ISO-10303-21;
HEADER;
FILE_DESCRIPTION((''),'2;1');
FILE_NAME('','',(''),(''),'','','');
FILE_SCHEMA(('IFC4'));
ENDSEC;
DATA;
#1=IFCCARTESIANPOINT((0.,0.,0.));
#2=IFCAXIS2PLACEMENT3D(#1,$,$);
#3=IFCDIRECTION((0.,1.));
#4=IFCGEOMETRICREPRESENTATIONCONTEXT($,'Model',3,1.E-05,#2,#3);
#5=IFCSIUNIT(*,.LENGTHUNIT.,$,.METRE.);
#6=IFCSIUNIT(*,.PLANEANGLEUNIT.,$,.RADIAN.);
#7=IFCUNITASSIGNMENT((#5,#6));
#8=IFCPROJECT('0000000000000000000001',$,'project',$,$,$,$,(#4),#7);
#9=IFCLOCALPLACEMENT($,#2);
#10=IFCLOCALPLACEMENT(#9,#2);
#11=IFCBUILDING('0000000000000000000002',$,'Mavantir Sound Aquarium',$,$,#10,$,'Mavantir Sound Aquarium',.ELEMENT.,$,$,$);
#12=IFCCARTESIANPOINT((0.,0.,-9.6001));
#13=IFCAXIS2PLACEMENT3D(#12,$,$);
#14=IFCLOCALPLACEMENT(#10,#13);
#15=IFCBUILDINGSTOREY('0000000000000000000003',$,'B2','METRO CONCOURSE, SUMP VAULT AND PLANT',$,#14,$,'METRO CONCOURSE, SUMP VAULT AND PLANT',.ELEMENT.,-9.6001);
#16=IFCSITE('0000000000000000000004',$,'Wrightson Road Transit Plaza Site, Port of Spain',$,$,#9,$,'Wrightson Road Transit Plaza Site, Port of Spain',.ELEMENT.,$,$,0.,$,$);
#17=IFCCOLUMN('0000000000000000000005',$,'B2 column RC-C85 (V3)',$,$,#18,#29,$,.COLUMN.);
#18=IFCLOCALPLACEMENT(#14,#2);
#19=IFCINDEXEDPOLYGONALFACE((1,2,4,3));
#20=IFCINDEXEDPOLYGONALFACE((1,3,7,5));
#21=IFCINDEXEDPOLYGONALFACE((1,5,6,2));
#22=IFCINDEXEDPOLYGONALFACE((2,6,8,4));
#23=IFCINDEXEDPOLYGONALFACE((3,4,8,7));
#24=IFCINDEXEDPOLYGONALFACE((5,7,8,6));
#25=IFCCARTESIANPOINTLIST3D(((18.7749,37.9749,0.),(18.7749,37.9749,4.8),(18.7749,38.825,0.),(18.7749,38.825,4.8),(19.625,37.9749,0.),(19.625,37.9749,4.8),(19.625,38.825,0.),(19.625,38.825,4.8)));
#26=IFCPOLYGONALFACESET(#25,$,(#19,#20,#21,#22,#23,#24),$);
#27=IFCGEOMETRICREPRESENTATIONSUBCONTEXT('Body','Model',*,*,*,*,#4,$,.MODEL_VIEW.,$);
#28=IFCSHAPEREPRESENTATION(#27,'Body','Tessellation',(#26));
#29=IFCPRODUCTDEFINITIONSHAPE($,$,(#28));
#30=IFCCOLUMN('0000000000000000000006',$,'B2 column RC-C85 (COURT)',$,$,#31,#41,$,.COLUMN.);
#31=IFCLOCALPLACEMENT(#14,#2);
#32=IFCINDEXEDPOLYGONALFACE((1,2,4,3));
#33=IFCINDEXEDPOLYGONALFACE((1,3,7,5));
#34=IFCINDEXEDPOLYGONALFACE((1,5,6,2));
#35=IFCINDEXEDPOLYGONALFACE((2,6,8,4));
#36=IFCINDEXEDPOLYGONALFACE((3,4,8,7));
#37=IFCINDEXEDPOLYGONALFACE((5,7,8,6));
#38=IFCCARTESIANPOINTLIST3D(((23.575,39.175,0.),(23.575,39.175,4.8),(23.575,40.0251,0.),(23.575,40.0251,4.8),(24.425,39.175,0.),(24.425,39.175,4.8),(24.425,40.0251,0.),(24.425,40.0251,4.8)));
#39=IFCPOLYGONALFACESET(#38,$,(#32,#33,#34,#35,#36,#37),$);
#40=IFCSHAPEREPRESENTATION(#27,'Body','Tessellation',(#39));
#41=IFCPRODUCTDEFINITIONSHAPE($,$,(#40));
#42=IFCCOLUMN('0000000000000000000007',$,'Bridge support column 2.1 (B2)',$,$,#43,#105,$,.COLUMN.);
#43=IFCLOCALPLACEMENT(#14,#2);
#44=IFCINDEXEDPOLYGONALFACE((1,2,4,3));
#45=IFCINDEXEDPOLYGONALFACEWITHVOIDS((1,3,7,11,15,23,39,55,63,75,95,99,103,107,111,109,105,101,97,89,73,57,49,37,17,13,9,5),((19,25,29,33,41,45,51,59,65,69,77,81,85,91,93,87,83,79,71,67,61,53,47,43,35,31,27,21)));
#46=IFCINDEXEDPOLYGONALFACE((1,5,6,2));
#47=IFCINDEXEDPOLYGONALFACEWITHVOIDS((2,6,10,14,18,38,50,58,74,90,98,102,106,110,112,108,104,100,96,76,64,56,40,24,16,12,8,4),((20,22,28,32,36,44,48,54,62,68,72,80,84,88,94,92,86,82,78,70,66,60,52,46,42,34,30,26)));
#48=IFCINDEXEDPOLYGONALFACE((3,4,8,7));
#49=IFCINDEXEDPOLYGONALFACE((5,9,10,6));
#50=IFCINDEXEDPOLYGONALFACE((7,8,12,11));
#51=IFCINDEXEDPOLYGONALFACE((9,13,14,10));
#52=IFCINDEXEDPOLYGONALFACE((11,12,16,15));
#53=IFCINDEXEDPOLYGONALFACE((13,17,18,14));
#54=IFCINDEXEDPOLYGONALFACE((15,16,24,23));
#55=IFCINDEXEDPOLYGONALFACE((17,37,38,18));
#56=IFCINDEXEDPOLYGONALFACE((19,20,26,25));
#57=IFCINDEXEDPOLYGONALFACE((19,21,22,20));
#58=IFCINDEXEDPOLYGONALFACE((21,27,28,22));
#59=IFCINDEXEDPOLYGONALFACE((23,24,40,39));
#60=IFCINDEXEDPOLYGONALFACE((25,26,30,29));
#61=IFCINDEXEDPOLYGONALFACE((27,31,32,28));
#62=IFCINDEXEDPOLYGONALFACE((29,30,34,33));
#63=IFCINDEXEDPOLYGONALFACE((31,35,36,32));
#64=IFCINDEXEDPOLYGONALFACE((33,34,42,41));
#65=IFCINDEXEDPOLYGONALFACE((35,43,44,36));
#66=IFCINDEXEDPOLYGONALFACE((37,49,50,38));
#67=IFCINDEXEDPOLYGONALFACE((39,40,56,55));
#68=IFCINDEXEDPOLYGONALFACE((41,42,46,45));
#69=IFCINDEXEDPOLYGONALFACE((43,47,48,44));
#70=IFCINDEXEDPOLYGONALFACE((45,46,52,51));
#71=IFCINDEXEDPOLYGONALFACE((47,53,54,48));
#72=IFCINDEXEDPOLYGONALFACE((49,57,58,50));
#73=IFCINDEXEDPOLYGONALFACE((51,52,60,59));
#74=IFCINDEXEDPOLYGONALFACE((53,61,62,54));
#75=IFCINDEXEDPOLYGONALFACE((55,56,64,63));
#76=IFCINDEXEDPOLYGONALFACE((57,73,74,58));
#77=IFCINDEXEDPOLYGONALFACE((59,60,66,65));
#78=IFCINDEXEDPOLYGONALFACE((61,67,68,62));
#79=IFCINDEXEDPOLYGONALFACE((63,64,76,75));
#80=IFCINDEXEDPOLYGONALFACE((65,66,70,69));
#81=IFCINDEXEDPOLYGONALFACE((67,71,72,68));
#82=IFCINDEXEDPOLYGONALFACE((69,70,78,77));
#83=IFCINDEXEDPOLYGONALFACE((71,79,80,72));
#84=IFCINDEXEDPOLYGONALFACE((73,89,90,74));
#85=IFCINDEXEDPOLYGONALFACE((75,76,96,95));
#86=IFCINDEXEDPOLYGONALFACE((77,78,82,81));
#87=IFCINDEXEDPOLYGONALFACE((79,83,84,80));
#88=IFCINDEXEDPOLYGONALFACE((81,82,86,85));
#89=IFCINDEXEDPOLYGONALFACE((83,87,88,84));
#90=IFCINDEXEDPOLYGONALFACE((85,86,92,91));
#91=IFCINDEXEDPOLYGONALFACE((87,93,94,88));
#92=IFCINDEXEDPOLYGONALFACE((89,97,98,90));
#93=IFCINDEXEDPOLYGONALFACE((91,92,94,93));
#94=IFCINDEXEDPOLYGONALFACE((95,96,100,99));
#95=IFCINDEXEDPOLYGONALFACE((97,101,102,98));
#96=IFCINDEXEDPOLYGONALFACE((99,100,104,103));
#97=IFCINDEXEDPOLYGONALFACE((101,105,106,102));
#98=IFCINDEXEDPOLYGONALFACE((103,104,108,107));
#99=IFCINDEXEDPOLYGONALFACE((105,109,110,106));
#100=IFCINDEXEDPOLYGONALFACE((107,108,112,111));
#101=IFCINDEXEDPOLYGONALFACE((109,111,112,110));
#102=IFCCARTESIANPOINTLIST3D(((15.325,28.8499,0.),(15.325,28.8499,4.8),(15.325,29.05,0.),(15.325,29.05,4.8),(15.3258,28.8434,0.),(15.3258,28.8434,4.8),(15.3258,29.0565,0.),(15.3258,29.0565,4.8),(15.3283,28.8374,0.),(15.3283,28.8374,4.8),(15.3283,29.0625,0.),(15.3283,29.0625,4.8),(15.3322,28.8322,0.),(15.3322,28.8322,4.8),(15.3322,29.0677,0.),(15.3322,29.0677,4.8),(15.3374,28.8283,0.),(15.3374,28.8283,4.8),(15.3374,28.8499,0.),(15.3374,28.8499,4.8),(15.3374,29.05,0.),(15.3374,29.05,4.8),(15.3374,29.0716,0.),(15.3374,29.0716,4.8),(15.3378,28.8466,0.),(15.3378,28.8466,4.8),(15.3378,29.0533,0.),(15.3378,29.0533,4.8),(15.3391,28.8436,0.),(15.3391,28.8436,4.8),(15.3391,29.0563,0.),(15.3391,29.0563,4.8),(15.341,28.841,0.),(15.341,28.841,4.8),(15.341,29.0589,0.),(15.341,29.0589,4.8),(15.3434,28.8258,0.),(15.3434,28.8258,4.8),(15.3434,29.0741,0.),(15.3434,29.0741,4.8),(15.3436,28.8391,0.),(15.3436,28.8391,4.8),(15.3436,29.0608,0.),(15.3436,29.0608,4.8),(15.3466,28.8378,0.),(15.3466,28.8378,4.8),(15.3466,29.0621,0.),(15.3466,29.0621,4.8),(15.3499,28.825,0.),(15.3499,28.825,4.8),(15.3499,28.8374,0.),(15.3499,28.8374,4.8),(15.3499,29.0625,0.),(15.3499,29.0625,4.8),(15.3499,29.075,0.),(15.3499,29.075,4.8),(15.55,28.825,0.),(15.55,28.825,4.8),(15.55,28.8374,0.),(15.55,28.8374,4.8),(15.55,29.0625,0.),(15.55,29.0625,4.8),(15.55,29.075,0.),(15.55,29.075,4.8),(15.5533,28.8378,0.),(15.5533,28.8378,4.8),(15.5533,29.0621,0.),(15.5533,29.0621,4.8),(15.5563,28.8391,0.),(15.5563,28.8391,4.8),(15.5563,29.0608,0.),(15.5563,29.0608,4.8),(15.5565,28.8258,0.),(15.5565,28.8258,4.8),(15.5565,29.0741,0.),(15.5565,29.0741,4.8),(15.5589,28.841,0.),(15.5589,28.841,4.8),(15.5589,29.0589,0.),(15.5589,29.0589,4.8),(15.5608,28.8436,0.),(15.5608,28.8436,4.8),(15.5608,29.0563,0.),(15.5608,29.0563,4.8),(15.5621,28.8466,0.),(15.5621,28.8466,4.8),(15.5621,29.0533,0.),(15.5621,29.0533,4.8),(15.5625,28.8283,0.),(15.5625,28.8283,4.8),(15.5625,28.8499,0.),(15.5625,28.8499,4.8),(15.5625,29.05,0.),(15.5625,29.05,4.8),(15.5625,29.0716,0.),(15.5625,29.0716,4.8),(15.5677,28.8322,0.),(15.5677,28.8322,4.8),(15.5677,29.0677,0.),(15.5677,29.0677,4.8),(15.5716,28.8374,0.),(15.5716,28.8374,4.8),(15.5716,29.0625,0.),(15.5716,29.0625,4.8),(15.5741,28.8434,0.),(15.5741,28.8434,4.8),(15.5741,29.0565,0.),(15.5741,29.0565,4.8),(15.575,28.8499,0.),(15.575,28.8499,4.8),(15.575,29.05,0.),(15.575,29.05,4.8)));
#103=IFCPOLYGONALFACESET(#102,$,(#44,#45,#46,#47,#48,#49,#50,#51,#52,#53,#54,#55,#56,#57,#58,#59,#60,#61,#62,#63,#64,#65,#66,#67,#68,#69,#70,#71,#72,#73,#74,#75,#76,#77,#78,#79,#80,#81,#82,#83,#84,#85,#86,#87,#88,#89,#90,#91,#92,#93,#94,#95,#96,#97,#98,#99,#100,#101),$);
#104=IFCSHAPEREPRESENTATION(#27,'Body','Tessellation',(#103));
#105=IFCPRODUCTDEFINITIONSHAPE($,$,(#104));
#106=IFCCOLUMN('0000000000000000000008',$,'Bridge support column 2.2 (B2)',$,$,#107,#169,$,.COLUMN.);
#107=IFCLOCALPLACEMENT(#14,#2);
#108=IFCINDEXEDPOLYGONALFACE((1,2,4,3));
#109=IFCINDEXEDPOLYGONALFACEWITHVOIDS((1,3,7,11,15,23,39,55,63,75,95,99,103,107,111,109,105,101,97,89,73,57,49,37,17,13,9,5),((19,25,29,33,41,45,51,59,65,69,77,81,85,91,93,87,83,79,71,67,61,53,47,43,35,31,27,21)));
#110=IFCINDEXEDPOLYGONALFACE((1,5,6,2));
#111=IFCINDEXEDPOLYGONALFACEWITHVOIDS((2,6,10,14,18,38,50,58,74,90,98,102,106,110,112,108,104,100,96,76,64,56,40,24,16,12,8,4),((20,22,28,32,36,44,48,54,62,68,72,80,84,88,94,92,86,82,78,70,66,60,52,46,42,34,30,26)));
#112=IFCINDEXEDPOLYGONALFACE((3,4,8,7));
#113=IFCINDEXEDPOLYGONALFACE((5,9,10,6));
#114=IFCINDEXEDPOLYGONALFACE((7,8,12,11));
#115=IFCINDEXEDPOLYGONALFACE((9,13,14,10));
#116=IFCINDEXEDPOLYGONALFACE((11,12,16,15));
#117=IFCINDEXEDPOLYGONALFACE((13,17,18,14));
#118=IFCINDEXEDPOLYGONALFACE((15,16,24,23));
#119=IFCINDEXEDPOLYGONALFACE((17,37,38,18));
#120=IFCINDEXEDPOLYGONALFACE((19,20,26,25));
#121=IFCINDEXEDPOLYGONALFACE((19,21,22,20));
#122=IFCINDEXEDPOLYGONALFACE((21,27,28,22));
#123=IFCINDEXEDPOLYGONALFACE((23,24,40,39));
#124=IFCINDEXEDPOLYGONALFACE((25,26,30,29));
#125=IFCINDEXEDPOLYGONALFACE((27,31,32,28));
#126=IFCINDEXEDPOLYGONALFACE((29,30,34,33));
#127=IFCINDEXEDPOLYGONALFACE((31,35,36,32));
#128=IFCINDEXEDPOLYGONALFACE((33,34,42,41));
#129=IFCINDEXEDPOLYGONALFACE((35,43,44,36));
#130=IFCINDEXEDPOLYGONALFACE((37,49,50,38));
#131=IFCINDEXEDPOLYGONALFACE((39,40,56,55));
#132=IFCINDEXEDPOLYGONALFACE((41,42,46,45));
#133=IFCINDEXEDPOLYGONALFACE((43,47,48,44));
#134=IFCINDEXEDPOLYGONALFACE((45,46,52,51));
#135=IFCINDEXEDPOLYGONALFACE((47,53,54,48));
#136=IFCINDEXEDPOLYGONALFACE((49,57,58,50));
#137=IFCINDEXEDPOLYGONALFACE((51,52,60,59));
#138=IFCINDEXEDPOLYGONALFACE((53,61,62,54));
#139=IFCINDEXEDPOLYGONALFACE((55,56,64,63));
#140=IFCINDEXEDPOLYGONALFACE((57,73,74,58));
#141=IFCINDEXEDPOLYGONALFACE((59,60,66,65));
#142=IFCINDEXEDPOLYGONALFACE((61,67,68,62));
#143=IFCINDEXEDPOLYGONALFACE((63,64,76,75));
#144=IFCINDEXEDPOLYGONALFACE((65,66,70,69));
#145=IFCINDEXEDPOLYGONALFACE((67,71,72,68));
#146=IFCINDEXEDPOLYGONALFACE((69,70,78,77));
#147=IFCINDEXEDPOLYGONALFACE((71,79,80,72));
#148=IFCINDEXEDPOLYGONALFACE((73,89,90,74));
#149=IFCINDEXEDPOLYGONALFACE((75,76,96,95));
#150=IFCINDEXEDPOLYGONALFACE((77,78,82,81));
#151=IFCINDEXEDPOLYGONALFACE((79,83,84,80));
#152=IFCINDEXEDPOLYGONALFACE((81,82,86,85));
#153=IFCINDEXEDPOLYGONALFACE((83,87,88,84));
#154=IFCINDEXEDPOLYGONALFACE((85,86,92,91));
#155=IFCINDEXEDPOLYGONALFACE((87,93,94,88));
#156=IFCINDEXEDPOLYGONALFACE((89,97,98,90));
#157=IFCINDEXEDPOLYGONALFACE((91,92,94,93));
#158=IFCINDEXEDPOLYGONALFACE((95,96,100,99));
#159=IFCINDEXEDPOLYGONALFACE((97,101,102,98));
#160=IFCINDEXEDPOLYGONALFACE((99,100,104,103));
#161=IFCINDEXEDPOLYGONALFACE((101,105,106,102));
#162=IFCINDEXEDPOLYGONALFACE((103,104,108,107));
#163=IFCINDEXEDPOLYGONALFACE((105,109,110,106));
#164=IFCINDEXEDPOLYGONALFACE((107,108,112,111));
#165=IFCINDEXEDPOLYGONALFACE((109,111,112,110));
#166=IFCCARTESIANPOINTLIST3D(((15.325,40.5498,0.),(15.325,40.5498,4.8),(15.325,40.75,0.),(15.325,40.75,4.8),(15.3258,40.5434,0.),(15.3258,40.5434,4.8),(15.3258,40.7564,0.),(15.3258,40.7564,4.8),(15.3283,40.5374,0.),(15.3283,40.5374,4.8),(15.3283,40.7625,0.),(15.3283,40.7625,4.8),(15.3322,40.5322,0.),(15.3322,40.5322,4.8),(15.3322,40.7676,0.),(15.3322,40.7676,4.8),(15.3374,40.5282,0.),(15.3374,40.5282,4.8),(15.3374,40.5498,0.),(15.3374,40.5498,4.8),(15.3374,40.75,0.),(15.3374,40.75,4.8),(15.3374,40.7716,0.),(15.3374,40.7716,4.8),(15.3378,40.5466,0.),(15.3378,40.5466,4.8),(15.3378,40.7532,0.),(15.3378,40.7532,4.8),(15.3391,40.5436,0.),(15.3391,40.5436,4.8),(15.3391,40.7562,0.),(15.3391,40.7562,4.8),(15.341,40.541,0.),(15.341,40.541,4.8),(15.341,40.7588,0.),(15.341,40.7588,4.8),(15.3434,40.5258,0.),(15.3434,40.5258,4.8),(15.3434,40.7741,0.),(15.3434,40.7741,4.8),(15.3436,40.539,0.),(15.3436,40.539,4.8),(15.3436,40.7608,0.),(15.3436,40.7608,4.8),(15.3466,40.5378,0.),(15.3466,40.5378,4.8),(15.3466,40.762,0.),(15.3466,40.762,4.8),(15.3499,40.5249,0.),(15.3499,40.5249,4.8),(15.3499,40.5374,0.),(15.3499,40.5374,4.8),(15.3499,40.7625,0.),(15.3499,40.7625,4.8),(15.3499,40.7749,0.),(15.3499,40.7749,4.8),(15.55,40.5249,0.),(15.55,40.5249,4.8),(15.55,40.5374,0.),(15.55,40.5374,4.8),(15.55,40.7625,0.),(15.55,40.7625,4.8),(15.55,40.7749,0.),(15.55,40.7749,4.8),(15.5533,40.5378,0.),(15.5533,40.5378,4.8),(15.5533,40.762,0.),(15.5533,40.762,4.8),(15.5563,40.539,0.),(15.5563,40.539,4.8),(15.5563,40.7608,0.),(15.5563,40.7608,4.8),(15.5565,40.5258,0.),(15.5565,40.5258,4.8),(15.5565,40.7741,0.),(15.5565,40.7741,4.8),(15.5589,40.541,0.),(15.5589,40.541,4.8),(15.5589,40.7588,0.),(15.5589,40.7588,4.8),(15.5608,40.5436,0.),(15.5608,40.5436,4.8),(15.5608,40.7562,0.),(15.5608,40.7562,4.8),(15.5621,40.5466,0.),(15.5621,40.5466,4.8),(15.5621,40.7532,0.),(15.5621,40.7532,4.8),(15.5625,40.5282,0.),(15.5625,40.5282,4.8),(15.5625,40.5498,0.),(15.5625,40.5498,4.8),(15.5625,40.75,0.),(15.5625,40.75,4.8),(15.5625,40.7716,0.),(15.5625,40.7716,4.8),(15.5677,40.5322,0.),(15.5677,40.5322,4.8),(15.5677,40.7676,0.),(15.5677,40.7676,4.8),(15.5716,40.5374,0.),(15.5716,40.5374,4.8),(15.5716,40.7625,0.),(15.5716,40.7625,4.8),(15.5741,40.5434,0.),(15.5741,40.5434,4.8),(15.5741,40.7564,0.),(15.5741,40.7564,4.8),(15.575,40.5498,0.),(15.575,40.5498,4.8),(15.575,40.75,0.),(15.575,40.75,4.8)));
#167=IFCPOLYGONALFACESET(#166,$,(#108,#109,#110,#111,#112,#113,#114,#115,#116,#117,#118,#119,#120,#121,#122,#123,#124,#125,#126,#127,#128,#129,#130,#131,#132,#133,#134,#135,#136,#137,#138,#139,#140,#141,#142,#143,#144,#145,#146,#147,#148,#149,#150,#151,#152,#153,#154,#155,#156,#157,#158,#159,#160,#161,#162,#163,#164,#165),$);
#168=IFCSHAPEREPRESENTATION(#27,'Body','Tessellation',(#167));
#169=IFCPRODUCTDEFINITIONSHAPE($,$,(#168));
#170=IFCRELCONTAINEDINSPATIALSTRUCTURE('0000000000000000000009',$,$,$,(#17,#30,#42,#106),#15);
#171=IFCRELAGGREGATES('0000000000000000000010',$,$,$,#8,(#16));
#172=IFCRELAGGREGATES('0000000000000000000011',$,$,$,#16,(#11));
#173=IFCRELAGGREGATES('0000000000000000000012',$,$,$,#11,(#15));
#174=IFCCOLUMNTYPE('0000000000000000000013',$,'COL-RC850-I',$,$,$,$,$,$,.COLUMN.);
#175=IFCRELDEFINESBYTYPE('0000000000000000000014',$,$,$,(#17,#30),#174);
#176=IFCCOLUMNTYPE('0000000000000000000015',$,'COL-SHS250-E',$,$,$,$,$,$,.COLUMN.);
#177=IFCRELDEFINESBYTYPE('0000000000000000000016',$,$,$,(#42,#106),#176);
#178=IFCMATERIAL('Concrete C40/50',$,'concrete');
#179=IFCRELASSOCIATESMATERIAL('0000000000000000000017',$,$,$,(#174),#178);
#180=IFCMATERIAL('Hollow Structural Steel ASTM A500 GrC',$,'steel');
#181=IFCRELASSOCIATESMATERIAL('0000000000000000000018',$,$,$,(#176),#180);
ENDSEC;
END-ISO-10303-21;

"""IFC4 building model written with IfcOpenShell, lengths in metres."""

from ifc_helpers import new_model, si_unit, direction, frame, origin, origin_2d, place, context, subcontext, project, spatial, rectangle, hollow_rectangle, extrude, material, material_profile, profile_set, type_object, element, save


model = new_model("IFC4")

# Units and contexts
model_context = context("Model", 3, precision=1e-05, world=origin(), true_north=direction((0.0, 1.0)))
body_context = subcontext(model_context, "Body", "Model", "MODEL_VIEW")
ifc_project = project(units=[si_unit("LENGTHUNIT", "METRE"), si_unit("PLANEANGLEUNIT", "RADIAN")], contexts=[model_context])

# Site, building, storey
site_placement = place(None, origin())
site = spatial("IfcSite", under=ifc_project, at=site_placement, Name="Wrightson Road Transit Plaza Site, Port of Spain", LongName="Wrightson Road Transit Plaza Site, Port of Spain", CompositionType="ELEMENT", RefElevation=0.0)
building_placement = place(site_placement, origin())
building = spatial("IfcBuilding", under=site, at=building_placement, Name="Mavantir Sound Aquarium", LongName="Mavantir Sound Aquarium", CompositionType="ELEMENT")
storey_placement = place(building_placement, frame((0.0, 0.0, -9.6001)))
storey = spatial("IfcBuildingStorey", under=building, at=storey_placement, Name="B2", Description="METRO CONCOURSE, SUMP VAULT AND PLANT", LongName="METRO CONCOURSE, SUMP VAULT AND PLANT", CompositionType="ELEMENT", Elevation=-9.6001)

# Shared definitions
ifc_material_1 = material(Name="Concrete C40/50", Category="concrete")

# Columns
ifc_material_profile_1 = material_profile(ifc_material_1, rectangle(XDim=0.8501, YDim=0.8501, at=origin_2d()), Name="RC 850X850")
ifc_profile_set_1 = profile_set([ifc_material_profile_1], Name="Concrete C40/50")
column_type_1 = type_object("IfcColumnType", Name="COL-RC850-I", PredefinedType="COLUMN", material=ifc_profile_set_1)
for number, where, z_axis, x_axis, name in (
    (1, (19.2, 38.3999, 0.0), (0.0, 0.0, 1.0), (1.0, 0.0, 0.0), "B2 column RC-C85 (V3)"),
    (2, (24.0, 39.6001, 0.0), (0.0, 0.0, 1.0), (1.0, 0.0, 0.0), "B2 column RC-C85 (COURT)"),
):
    element("IfcColumn", number, at=place(storey_placement, frame(where, z_axis=z_axis, x_axis=x_axis)), inside=storey, type_object=column_type_1, Name=name, PredefinedType="COLUMN", context=body_context, shape_type="SweptSolid", body=[
        extrude(rectangle(XDim=0.8501, YDim=0.8501, at=origin_2d()), origin(), (0.0, 0.0, 1.0), 4.8),
    ])
ifc_material_2 = material(Name="Hollow Structural Steel ASTM A500 GrC", Category="steel")
ifc_material_profile_2 = material_profile(ifc_material_2, hollow_rectangle(XDim=0.25, YDim=0.25, WallThickness=0.0125, InnerFilletRadius=0.0125, OuterFilletRadius=0.0249, at=origin_2d()), Name="SHS 250X250X12.5")
ifc_profile_set_2 = profile_set([ifc_material_profile_2], Name="Hollow Structural Steel ASTM A500 GrC")
column_type_2 = type_object("IfcColumnType", Name="COL-SHS250-E", PredefinedType="COLUMN", material=ifc_profile_set_2)
for number, where, z_axis, x_axis, name in (
    (3, (15.45, 28.95, 0.0), (0.0, 0.0, 1.0), (1.0, 0.0, 0.0), "Bridge support column 2.1 (B2)"),
    (4, (15.45, 40.6499, 0.0), (0.0, 0.0, 1.0), (1.0, 0.0, 0.0), "Bridge support column 2.2 (B2)"),
):
    element("IfcColumn", number, at=place(storey_placement, frame(where, z_axis=z_axis, x_axis=x_axis)), inside=storey, type_object=column_type_2, Name=name, PredefinedType="COLUMN", context=body_context, shape_type="SweptSolid", body=[
        extrude(hollow_rectangle(XDim=0.25, YDim=0.25, WallThickness=0.0125, InnerFilletRadius=0.0125, OuterFilletRadius=0.0249, at=origin_2d()), origin(), (0.0, 0.0, 1.0), 4.8),
    ])

save(model, "model.ifc")
